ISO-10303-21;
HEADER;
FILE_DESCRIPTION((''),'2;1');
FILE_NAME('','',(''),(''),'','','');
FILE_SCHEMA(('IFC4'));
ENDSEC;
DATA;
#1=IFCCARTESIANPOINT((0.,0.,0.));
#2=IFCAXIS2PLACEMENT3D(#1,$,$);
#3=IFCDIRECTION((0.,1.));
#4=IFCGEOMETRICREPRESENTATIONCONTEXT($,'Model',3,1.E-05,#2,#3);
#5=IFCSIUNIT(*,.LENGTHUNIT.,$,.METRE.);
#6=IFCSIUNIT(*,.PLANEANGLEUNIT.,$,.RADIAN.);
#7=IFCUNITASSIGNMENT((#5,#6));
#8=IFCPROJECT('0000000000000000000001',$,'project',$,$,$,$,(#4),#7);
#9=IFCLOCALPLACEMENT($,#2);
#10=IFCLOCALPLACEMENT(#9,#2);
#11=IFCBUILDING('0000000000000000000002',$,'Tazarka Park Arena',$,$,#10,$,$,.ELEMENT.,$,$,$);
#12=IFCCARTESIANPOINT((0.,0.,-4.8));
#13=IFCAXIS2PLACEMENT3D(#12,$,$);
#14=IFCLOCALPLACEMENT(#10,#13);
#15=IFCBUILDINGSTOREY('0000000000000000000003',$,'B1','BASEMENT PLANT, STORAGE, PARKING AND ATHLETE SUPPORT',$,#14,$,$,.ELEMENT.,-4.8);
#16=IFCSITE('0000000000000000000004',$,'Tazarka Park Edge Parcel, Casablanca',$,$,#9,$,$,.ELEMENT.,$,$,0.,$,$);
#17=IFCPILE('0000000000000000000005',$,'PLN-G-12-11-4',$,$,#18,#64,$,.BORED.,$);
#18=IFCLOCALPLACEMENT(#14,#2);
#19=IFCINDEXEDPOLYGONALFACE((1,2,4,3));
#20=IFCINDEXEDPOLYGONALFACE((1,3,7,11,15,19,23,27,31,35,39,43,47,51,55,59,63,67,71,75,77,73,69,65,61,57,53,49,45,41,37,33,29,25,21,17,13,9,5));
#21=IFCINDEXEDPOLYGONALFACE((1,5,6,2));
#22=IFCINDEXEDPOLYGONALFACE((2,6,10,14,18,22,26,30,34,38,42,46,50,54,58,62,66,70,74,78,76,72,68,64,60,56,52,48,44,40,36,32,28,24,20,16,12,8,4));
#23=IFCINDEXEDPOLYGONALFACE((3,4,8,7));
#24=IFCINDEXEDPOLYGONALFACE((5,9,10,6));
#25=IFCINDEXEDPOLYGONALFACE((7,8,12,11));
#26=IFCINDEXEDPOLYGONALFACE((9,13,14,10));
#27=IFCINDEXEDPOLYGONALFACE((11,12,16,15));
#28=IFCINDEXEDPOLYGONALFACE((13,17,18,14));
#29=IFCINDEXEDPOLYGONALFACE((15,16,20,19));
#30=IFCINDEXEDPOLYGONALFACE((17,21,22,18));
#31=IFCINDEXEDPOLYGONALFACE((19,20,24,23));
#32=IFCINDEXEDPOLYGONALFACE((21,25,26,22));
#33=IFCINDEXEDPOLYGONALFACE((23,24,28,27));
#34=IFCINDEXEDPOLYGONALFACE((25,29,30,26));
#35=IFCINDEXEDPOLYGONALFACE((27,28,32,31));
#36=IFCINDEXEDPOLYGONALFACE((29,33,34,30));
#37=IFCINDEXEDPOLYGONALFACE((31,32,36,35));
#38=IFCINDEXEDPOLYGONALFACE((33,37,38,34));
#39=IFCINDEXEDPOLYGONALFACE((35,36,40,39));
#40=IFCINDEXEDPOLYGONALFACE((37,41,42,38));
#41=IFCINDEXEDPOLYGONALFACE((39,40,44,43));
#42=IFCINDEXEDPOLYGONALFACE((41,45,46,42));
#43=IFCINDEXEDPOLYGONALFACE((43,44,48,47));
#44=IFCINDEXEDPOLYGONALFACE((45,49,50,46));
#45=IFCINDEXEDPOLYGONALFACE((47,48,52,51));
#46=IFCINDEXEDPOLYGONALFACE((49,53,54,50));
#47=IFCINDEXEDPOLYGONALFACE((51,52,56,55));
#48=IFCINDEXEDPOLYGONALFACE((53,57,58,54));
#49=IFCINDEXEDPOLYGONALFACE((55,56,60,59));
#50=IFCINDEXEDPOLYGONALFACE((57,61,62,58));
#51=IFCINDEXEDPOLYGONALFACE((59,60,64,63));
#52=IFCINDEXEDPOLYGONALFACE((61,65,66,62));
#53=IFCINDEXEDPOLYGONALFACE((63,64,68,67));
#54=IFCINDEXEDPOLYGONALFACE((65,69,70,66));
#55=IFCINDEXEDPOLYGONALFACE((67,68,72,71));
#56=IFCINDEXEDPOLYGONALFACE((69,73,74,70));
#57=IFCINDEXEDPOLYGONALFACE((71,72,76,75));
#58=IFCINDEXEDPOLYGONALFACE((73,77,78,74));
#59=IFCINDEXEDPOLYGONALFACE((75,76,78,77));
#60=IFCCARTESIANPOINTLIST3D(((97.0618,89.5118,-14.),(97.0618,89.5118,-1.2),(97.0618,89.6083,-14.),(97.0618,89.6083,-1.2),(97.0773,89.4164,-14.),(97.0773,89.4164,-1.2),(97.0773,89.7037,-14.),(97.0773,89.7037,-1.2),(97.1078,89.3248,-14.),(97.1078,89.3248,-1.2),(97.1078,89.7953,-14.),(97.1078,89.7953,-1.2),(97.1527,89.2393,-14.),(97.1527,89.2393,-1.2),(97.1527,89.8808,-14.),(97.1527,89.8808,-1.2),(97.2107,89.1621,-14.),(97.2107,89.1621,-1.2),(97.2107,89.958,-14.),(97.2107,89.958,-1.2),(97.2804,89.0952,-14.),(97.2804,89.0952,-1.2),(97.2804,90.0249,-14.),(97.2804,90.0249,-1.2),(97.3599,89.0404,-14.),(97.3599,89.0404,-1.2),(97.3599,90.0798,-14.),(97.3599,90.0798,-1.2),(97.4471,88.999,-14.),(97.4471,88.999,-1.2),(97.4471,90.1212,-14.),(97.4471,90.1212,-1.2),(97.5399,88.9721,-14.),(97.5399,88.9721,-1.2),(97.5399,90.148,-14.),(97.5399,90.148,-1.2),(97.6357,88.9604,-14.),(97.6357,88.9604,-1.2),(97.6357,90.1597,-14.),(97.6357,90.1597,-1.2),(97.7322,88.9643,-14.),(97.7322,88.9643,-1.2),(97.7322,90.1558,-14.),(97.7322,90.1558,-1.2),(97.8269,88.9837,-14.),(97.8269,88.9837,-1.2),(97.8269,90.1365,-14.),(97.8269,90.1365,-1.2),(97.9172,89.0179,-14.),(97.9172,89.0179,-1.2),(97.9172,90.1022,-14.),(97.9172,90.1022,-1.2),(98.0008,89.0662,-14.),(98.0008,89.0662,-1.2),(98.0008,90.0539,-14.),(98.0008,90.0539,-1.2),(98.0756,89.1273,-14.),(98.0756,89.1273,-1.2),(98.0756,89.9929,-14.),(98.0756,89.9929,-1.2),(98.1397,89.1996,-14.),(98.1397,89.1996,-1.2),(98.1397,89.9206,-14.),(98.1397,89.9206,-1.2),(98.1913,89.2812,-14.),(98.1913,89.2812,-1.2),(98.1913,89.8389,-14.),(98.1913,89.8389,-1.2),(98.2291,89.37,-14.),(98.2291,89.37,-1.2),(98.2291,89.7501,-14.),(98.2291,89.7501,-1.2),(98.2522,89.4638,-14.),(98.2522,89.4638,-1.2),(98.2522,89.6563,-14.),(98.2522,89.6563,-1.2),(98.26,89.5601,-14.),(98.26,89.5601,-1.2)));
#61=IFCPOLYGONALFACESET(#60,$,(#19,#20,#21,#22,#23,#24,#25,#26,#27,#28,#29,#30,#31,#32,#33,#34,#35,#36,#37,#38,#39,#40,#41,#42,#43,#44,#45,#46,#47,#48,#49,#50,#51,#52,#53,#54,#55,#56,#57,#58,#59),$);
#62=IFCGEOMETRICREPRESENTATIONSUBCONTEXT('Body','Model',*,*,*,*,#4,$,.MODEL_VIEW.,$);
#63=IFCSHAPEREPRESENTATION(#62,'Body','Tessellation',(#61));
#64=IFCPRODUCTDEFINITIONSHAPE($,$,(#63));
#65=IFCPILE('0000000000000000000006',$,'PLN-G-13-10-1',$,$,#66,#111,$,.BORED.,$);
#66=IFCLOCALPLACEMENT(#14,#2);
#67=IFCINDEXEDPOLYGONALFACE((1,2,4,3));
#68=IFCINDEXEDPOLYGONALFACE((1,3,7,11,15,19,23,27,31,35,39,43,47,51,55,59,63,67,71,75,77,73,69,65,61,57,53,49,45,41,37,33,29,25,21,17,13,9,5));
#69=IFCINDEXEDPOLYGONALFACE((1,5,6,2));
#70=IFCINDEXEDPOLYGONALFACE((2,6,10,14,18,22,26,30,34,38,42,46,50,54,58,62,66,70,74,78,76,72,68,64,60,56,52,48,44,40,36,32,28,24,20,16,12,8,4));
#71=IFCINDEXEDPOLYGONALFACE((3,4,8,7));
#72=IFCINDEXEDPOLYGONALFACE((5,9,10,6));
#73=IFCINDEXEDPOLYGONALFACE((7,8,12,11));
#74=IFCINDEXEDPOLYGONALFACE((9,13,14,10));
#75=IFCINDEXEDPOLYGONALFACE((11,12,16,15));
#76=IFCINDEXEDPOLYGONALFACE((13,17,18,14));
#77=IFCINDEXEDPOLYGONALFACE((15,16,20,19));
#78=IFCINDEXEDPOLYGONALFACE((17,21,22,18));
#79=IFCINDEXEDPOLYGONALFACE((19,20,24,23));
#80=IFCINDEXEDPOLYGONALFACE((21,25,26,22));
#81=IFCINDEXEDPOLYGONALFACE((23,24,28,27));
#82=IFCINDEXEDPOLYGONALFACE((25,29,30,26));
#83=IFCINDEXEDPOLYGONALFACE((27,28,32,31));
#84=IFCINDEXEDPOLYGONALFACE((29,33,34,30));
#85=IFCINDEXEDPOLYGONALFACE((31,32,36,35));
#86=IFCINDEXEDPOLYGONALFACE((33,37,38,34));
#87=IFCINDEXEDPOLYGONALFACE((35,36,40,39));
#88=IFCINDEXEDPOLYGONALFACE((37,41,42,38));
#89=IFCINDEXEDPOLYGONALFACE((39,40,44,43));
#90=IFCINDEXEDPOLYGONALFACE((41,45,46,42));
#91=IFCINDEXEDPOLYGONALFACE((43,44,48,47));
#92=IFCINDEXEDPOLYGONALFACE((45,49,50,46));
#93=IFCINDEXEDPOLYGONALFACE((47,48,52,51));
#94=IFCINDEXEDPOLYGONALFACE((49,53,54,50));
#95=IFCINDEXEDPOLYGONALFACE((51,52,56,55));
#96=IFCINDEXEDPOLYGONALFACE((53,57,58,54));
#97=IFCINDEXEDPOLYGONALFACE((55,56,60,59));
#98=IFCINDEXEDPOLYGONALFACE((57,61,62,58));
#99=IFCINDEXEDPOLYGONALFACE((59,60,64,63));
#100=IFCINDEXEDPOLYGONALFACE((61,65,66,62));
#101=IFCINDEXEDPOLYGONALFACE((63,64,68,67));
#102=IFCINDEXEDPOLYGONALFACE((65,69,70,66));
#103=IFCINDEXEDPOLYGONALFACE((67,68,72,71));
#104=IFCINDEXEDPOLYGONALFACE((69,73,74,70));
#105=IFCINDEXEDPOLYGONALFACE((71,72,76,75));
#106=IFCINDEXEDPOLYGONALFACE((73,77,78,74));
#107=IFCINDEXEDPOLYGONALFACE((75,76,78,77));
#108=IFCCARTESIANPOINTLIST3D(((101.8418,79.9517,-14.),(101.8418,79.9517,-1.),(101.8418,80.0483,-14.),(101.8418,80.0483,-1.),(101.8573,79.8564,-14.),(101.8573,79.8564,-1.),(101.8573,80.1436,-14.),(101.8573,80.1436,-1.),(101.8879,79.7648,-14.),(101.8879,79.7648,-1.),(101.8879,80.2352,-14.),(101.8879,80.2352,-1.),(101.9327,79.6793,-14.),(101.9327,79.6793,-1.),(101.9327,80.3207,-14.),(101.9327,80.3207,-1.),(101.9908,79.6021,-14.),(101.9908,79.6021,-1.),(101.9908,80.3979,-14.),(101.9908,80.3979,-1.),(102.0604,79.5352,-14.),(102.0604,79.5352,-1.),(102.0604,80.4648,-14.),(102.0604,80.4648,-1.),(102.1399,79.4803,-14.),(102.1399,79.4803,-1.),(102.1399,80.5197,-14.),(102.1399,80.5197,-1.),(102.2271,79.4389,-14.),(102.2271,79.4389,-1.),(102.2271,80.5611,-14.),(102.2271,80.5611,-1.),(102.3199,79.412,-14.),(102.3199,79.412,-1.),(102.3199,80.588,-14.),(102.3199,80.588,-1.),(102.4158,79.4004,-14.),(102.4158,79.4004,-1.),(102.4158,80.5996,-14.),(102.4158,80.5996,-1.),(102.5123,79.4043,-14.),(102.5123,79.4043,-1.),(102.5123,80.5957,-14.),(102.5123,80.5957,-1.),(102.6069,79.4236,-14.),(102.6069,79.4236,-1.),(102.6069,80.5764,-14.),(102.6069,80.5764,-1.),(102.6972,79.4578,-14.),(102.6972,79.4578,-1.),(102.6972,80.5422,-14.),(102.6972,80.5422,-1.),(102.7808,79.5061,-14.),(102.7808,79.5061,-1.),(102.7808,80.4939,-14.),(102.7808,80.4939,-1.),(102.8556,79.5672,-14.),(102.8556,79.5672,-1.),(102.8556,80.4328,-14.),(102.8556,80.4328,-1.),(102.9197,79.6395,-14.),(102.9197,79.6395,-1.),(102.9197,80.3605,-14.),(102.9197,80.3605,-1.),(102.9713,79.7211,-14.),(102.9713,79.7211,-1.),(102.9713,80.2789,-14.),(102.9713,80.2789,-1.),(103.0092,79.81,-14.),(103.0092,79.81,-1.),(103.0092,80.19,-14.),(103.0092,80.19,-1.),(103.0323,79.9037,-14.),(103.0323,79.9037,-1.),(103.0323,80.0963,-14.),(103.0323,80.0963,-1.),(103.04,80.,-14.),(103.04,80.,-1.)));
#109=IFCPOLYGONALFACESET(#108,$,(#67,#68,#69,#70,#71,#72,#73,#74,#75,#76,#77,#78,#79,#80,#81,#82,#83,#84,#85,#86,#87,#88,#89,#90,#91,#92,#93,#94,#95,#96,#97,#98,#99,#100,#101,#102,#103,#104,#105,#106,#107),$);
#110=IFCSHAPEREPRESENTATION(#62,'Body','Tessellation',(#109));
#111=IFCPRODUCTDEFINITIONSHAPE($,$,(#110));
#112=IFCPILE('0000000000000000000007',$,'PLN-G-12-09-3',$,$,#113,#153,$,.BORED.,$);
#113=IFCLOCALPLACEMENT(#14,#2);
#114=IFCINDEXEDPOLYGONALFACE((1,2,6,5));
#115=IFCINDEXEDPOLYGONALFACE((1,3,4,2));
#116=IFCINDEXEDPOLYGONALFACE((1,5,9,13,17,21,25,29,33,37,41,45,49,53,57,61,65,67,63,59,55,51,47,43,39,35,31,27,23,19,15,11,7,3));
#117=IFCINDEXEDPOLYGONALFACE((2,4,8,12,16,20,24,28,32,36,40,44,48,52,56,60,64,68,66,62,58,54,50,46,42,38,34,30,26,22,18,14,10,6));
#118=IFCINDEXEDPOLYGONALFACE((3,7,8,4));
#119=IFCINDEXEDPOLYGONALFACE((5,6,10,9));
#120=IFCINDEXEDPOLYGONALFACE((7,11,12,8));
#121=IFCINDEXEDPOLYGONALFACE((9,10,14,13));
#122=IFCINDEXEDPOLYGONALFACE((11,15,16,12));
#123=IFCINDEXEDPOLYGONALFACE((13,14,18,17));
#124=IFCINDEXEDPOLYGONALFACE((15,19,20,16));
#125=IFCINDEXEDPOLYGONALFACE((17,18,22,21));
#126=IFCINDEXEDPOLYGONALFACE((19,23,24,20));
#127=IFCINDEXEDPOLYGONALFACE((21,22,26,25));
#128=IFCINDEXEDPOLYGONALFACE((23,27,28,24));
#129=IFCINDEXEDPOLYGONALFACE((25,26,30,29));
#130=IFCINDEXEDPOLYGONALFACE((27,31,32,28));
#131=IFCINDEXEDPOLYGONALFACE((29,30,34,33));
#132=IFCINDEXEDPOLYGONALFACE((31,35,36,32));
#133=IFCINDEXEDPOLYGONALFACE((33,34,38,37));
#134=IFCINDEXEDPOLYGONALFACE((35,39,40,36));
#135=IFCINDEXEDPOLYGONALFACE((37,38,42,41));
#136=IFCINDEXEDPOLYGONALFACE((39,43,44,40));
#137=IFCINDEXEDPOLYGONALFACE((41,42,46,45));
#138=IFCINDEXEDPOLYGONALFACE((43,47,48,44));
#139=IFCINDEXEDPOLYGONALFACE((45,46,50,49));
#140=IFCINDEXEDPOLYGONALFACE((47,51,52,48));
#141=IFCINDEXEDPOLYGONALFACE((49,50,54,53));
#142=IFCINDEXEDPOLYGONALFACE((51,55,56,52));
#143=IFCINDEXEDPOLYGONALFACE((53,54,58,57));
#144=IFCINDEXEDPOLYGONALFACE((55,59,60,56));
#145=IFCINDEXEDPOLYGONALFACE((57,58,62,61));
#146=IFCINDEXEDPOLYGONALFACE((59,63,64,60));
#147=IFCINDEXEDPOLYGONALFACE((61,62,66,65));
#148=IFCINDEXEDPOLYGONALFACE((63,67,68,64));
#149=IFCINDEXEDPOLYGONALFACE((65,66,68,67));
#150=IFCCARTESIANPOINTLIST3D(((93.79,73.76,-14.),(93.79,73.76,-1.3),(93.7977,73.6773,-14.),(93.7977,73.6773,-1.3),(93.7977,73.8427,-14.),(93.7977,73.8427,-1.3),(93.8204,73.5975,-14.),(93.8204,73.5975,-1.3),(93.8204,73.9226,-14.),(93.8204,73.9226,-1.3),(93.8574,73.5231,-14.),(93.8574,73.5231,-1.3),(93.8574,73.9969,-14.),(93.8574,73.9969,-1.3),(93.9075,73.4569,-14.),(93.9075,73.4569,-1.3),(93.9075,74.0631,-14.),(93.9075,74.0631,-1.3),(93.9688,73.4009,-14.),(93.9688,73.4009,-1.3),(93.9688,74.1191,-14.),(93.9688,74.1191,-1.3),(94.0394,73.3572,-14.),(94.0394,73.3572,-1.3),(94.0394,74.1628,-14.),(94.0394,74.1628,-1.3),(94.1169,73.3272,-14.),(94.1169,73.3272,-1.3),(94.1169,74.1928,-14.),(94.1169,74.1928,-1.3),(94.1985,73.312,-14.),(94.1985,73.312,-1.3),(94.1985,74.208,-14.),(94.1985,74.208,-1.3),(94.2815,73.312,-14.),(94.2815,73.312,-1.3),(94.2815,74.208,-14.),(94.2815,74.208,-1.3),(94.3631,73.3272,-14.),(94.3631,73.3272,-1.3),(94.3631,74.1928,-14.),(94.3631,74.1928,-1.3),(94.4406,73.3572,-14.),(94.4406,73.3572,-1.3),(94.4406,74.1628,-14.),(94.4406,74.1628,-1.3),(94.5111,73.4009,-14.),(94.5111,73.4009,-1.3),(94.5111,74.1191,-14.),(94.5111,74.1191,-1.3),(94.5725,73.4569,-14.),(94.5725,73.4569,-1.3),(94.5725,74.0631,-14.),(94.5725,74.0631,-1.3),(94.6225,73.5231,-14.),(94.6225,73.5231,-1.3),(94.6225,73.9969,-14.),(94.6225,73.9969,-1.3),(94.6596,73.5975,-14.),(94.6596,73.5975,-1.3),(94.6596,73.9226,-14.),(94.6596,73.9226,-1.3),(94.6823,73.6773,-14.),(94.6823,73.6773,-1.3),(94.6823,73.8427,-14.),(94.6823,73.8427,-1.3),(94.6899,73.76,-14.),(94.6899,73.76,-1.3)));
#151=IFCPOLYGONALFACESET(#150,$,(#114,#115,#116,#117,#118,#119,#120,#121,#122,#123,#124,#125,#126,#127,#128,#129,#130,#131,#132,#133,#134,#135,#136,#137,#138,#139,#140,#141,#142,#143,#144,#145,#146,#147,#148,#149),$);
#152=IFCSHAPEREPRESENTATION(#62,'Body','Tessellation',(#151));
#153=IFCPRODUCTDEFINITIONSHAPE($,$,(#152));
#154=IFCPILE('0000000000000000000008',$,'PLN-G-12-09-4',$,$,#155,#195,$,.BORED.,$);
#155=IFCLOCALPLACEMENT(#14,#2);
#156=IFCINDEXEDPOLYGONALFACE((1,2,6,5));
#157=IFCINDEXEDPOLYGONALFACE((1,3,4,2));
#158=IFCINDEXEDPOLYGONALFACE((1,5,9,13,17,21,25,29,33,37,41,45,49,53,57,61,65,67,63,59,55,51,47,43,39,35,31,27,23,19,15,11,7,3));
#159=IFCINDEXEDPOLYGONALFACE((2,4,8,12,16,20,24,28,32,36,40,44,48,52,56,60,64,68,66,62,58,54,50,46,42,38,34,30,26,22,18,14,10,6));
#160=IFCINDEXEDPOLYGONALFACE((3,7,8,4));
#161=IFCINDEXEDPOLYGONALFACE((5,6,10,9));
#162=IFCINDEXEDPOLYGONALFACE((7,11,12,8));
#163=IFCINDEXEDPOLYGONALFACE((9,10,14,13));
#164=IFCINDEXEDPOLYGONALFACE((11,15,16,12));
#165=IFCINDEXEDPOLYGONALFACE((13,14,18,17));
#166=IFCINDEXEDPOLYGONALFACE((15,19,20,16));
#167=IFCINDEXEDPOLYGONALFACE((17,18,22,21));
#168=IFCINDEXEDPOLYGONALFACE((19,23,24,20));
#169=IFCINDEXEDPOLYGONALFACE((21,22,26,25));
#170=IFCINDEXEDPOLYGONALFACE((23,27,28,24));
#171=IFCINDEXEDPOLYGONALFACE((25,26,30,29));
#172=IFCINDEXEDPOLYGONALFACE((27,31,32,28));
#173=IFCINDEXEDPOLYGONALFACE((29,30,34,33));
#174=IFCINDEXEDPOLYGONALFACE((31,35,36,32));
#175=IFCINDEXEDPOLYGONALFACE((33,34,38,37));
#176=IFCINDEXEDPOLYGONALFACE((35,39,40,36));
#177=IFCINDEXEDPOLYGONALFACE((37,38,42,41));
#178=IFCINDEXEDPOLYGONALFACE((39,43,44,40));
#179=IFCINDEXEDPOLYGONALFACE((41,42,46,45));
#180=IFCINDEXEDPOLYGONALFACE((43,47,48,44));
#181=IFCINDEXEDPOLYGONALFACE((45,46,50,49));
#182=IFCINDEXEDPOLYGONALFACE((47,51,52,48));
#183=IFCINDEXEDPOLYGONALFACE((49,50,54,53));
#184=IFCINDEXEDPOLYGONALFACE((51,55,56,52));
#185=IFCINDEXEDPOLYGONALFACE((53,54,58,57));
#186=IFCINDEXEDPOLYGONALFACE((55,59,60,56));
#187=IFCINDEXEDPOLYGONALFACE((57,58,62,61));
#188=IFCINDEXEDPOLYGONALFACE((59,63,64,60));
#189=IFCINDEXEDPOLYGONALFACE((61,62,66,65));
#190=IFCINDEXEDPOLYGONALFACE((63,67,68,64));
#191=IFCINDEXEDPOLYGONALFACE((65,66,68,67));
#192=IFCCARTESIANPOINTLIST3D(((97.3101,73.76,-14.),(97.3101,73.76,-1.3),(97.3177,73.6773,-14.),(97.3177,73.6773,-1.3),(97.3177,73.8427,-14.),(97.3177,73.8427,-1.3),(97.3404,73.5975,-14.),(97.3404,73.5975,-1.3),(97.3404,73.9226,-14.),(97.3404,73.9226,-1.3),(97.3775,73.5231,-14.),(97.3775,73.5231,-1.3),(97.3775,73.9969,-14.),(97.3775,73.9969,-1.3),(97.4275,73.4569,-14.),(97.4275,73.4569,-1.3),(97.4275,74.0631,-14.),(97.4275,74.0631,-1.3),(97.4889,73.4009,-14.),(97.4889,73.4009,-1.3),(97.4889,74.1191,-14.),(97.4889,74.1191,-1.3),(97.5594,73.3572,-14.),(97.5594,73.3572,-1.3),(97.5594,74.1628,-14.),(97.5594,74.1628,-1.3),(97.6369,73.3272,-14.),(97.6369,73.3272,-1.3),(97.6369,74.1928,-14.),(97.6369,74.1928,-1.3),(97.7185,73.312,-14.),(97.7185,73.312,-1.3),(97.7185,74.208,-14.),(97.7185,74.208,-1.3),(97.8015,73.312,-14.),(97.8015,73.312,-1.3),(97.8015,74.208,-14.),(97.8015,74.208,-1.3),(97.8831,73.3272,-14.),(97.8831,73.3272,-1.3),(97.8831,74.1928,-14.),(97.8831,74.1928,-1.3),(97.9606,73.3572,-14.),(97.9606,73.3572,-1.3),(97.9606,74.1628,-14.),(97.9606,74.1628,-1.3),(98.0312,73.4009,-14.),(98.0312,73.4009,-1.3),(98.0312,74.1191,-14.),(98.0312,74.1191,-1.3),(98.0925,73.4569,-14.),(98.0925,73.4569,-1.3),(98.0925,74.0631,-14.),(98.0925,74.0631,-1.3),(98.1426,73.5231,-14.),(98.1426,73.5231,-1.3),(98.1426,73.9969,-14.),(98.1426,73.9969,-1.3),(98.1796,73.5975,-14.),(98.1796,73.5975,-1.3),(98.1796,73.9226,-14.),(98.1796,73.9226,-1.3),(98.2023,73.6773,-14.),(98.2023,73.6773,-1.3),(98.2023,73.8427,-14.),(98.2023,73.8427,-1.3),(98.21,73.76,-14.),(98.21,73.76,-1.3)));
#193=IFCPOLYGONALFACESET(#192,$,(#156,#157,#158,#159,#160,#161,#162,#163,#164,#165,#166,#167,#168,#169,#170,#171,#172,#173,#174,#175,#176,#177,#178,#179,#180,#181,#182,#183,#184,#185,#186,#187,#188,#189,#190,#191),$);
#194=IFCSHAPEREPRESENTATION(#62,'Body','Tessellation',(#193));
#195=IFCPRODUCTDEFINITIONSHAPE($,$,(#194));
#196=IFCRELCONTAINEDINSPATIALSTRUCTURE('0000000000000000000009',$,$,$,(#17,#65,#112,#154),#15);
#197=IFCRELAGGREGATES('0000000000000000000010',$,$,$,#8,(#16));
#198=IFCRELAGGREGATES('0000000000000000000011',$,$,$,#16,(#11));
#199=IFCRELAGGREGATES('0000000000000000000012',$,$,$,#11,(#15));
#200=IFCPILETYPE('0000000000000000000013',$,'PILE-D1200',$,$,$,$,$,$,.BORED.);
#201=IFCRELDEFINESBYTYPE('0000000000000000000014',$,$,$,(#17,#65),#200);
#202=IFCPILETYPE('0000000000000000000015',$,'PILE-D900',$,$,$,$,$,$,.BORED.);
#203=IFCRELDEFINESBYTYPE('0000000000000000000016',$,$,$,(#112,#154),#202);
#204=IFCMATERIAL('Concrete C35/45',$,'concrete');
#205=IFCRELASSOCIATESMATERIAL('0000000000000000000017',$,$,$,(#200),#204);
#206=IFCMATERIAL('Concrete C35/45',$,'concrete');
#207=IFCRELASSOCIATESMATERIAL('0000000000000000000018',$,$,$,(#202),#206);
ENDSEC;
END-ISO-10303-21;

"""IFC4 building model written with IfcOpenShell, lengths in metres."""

from ifc_helpers import new_model, si_unit, direction, frame, origin, origin_2d, place, context, subcontext, project, spatial, circle, extrude, material, material_profile, profile_set, type_object, element, save


model = new_model("IFC4")

# Units and contexts
model_context = context("Model", 3, precision=1e-05, world=origin(), true_north=direction((0.0, 1.0)))
body_context = subcontext(model_context, "Body", "Model", "MODEL_VIEW")
ifc_project = project(units=[si_unit("LENGTHUNIT", "METRE"), si_unit("PLANEANGLEUNIT", "RADIAN")], contexts=[model_context])

# Site, building, storey
site_placement = place(None, origin())
site = spatial("IfcSite", under=ifc_project, at=site_placement, Name="Tazarka Park Edge Parcel, Casablanca", CompositionType="ELEMENT", RefElevation=0.0)
building_placement = place(site_placement, origin())
building = spatial("IfcBuilding", under=site, at=building_placement, Name="Tazarka Park Arena", CompositionType="ELEMENT")
storey_placement = place(building_placement, frame((0.0, 0.0, -4.8)))
storey = spatial("IfcBuildingStorey", under=building, at=storey_placement, Name="B1", Description="BASEMENT PLANT, STORAGE, PARKING AND ATHLETE SUPPORT", CompositionType="ELEMENT", Elevation=-4.8)

# Piles
ifc_material_1 = material(Name="Concrete C35/45", Category="concrete")
ifc_material_profile_1 = material_profile(ifc_material_1, circle(Radius=0.6001, at=origin_2d()), Name="Concrete C35/45")
ifc_profile_set_1 = profile_set([ifc_material_profile_1], Name="Concrete C35/45")
pile_type_1 = type_object("IfcPileType", Name="PILE-D1200", PredefinedType="BORED", material=ifc_profile_set_1)
for number, where, z_axis, x_axis, name in (
    (1, (97.6599, 89.5601, -1.2), (0.0, 0.0, -1.0), (1.0, 0.0, 0.0), "PLN-G-12-11-4"),
):
    element("IfcPile", number, at=place(storey_placement, frame(where, z_axis=z_axis, x_axis=x_axis)), inside=storey, type_object=pile_type_1, Name=name, PredefinedType="BORED", context=body_context, shape_type="SweptSolid", body=[
        extrude(circle(Radius=0.6001, at=origin_2d()), origin(), (0.0, 0.0, 1.0), 12.8),
    ])
pile_1_placement = place(storey_placement, frame((102.4399, 80.0, -1.0), z_axis=(0.0, 0.0, -1.0), x_axis=(1.0, 0.0, 0.0)))
element("IfcPile", 2, at=pile_1_placement, inside=storey, type_object=pile_type_1, Name="PLN-G-13-10-1", PredefinedType="BORED", context=body_context, shape_type="SweptSolid", body=[
    extrude(circle(Radius=0.6001, at=origin_2d()), origin(), (0.0, 0.0, 1.0), 13.0),
])
ifc_material_2 = material(Name="Concrete C35/45", Category="concrete")
ifc_material_profile_2 = material_profile(ifc_material_2, circle(Radius=0.45, at=origin_2d()), Name="Concrete C35/45")
ifc_profile_set_2 = profile_set([ifc_material_profile_2], Name="Concrete C35/45")
pile_type_2 = type_object("IfcPileType", Name="PILE-D900", PredefinedType="BORED", material=ifc_profile_set_2)
for number, where, z_axis, x_axis, name in (
    (3, (94.24, 73.76, -1.3), (0.0, 0.0, -1.0), (1.0, 0.0, 0.0), "PLN-G-12-09-3"),
    (4, (97.76, 73.76, -1.3), (0.0, 0.0, -1.0), (1.0, 0.0, 0.0), "PLN-G-12-09-4"),
):
    element("IfcPile", number, at=place(storey_placement, frame(where, z_axis=z_axis, x_axis=x_axis)), inside=storey, type_object=pile_type_2, Name=name, PredefinedType="BORED", context=body_context, shape_type="SweptSolid", body=[
        extrude(circle(Radius=0.45, at=origin_2d()), origin(), (0.0, 0.0, 1.0), 12.7),
    ])

save(model, "model.ifc")
